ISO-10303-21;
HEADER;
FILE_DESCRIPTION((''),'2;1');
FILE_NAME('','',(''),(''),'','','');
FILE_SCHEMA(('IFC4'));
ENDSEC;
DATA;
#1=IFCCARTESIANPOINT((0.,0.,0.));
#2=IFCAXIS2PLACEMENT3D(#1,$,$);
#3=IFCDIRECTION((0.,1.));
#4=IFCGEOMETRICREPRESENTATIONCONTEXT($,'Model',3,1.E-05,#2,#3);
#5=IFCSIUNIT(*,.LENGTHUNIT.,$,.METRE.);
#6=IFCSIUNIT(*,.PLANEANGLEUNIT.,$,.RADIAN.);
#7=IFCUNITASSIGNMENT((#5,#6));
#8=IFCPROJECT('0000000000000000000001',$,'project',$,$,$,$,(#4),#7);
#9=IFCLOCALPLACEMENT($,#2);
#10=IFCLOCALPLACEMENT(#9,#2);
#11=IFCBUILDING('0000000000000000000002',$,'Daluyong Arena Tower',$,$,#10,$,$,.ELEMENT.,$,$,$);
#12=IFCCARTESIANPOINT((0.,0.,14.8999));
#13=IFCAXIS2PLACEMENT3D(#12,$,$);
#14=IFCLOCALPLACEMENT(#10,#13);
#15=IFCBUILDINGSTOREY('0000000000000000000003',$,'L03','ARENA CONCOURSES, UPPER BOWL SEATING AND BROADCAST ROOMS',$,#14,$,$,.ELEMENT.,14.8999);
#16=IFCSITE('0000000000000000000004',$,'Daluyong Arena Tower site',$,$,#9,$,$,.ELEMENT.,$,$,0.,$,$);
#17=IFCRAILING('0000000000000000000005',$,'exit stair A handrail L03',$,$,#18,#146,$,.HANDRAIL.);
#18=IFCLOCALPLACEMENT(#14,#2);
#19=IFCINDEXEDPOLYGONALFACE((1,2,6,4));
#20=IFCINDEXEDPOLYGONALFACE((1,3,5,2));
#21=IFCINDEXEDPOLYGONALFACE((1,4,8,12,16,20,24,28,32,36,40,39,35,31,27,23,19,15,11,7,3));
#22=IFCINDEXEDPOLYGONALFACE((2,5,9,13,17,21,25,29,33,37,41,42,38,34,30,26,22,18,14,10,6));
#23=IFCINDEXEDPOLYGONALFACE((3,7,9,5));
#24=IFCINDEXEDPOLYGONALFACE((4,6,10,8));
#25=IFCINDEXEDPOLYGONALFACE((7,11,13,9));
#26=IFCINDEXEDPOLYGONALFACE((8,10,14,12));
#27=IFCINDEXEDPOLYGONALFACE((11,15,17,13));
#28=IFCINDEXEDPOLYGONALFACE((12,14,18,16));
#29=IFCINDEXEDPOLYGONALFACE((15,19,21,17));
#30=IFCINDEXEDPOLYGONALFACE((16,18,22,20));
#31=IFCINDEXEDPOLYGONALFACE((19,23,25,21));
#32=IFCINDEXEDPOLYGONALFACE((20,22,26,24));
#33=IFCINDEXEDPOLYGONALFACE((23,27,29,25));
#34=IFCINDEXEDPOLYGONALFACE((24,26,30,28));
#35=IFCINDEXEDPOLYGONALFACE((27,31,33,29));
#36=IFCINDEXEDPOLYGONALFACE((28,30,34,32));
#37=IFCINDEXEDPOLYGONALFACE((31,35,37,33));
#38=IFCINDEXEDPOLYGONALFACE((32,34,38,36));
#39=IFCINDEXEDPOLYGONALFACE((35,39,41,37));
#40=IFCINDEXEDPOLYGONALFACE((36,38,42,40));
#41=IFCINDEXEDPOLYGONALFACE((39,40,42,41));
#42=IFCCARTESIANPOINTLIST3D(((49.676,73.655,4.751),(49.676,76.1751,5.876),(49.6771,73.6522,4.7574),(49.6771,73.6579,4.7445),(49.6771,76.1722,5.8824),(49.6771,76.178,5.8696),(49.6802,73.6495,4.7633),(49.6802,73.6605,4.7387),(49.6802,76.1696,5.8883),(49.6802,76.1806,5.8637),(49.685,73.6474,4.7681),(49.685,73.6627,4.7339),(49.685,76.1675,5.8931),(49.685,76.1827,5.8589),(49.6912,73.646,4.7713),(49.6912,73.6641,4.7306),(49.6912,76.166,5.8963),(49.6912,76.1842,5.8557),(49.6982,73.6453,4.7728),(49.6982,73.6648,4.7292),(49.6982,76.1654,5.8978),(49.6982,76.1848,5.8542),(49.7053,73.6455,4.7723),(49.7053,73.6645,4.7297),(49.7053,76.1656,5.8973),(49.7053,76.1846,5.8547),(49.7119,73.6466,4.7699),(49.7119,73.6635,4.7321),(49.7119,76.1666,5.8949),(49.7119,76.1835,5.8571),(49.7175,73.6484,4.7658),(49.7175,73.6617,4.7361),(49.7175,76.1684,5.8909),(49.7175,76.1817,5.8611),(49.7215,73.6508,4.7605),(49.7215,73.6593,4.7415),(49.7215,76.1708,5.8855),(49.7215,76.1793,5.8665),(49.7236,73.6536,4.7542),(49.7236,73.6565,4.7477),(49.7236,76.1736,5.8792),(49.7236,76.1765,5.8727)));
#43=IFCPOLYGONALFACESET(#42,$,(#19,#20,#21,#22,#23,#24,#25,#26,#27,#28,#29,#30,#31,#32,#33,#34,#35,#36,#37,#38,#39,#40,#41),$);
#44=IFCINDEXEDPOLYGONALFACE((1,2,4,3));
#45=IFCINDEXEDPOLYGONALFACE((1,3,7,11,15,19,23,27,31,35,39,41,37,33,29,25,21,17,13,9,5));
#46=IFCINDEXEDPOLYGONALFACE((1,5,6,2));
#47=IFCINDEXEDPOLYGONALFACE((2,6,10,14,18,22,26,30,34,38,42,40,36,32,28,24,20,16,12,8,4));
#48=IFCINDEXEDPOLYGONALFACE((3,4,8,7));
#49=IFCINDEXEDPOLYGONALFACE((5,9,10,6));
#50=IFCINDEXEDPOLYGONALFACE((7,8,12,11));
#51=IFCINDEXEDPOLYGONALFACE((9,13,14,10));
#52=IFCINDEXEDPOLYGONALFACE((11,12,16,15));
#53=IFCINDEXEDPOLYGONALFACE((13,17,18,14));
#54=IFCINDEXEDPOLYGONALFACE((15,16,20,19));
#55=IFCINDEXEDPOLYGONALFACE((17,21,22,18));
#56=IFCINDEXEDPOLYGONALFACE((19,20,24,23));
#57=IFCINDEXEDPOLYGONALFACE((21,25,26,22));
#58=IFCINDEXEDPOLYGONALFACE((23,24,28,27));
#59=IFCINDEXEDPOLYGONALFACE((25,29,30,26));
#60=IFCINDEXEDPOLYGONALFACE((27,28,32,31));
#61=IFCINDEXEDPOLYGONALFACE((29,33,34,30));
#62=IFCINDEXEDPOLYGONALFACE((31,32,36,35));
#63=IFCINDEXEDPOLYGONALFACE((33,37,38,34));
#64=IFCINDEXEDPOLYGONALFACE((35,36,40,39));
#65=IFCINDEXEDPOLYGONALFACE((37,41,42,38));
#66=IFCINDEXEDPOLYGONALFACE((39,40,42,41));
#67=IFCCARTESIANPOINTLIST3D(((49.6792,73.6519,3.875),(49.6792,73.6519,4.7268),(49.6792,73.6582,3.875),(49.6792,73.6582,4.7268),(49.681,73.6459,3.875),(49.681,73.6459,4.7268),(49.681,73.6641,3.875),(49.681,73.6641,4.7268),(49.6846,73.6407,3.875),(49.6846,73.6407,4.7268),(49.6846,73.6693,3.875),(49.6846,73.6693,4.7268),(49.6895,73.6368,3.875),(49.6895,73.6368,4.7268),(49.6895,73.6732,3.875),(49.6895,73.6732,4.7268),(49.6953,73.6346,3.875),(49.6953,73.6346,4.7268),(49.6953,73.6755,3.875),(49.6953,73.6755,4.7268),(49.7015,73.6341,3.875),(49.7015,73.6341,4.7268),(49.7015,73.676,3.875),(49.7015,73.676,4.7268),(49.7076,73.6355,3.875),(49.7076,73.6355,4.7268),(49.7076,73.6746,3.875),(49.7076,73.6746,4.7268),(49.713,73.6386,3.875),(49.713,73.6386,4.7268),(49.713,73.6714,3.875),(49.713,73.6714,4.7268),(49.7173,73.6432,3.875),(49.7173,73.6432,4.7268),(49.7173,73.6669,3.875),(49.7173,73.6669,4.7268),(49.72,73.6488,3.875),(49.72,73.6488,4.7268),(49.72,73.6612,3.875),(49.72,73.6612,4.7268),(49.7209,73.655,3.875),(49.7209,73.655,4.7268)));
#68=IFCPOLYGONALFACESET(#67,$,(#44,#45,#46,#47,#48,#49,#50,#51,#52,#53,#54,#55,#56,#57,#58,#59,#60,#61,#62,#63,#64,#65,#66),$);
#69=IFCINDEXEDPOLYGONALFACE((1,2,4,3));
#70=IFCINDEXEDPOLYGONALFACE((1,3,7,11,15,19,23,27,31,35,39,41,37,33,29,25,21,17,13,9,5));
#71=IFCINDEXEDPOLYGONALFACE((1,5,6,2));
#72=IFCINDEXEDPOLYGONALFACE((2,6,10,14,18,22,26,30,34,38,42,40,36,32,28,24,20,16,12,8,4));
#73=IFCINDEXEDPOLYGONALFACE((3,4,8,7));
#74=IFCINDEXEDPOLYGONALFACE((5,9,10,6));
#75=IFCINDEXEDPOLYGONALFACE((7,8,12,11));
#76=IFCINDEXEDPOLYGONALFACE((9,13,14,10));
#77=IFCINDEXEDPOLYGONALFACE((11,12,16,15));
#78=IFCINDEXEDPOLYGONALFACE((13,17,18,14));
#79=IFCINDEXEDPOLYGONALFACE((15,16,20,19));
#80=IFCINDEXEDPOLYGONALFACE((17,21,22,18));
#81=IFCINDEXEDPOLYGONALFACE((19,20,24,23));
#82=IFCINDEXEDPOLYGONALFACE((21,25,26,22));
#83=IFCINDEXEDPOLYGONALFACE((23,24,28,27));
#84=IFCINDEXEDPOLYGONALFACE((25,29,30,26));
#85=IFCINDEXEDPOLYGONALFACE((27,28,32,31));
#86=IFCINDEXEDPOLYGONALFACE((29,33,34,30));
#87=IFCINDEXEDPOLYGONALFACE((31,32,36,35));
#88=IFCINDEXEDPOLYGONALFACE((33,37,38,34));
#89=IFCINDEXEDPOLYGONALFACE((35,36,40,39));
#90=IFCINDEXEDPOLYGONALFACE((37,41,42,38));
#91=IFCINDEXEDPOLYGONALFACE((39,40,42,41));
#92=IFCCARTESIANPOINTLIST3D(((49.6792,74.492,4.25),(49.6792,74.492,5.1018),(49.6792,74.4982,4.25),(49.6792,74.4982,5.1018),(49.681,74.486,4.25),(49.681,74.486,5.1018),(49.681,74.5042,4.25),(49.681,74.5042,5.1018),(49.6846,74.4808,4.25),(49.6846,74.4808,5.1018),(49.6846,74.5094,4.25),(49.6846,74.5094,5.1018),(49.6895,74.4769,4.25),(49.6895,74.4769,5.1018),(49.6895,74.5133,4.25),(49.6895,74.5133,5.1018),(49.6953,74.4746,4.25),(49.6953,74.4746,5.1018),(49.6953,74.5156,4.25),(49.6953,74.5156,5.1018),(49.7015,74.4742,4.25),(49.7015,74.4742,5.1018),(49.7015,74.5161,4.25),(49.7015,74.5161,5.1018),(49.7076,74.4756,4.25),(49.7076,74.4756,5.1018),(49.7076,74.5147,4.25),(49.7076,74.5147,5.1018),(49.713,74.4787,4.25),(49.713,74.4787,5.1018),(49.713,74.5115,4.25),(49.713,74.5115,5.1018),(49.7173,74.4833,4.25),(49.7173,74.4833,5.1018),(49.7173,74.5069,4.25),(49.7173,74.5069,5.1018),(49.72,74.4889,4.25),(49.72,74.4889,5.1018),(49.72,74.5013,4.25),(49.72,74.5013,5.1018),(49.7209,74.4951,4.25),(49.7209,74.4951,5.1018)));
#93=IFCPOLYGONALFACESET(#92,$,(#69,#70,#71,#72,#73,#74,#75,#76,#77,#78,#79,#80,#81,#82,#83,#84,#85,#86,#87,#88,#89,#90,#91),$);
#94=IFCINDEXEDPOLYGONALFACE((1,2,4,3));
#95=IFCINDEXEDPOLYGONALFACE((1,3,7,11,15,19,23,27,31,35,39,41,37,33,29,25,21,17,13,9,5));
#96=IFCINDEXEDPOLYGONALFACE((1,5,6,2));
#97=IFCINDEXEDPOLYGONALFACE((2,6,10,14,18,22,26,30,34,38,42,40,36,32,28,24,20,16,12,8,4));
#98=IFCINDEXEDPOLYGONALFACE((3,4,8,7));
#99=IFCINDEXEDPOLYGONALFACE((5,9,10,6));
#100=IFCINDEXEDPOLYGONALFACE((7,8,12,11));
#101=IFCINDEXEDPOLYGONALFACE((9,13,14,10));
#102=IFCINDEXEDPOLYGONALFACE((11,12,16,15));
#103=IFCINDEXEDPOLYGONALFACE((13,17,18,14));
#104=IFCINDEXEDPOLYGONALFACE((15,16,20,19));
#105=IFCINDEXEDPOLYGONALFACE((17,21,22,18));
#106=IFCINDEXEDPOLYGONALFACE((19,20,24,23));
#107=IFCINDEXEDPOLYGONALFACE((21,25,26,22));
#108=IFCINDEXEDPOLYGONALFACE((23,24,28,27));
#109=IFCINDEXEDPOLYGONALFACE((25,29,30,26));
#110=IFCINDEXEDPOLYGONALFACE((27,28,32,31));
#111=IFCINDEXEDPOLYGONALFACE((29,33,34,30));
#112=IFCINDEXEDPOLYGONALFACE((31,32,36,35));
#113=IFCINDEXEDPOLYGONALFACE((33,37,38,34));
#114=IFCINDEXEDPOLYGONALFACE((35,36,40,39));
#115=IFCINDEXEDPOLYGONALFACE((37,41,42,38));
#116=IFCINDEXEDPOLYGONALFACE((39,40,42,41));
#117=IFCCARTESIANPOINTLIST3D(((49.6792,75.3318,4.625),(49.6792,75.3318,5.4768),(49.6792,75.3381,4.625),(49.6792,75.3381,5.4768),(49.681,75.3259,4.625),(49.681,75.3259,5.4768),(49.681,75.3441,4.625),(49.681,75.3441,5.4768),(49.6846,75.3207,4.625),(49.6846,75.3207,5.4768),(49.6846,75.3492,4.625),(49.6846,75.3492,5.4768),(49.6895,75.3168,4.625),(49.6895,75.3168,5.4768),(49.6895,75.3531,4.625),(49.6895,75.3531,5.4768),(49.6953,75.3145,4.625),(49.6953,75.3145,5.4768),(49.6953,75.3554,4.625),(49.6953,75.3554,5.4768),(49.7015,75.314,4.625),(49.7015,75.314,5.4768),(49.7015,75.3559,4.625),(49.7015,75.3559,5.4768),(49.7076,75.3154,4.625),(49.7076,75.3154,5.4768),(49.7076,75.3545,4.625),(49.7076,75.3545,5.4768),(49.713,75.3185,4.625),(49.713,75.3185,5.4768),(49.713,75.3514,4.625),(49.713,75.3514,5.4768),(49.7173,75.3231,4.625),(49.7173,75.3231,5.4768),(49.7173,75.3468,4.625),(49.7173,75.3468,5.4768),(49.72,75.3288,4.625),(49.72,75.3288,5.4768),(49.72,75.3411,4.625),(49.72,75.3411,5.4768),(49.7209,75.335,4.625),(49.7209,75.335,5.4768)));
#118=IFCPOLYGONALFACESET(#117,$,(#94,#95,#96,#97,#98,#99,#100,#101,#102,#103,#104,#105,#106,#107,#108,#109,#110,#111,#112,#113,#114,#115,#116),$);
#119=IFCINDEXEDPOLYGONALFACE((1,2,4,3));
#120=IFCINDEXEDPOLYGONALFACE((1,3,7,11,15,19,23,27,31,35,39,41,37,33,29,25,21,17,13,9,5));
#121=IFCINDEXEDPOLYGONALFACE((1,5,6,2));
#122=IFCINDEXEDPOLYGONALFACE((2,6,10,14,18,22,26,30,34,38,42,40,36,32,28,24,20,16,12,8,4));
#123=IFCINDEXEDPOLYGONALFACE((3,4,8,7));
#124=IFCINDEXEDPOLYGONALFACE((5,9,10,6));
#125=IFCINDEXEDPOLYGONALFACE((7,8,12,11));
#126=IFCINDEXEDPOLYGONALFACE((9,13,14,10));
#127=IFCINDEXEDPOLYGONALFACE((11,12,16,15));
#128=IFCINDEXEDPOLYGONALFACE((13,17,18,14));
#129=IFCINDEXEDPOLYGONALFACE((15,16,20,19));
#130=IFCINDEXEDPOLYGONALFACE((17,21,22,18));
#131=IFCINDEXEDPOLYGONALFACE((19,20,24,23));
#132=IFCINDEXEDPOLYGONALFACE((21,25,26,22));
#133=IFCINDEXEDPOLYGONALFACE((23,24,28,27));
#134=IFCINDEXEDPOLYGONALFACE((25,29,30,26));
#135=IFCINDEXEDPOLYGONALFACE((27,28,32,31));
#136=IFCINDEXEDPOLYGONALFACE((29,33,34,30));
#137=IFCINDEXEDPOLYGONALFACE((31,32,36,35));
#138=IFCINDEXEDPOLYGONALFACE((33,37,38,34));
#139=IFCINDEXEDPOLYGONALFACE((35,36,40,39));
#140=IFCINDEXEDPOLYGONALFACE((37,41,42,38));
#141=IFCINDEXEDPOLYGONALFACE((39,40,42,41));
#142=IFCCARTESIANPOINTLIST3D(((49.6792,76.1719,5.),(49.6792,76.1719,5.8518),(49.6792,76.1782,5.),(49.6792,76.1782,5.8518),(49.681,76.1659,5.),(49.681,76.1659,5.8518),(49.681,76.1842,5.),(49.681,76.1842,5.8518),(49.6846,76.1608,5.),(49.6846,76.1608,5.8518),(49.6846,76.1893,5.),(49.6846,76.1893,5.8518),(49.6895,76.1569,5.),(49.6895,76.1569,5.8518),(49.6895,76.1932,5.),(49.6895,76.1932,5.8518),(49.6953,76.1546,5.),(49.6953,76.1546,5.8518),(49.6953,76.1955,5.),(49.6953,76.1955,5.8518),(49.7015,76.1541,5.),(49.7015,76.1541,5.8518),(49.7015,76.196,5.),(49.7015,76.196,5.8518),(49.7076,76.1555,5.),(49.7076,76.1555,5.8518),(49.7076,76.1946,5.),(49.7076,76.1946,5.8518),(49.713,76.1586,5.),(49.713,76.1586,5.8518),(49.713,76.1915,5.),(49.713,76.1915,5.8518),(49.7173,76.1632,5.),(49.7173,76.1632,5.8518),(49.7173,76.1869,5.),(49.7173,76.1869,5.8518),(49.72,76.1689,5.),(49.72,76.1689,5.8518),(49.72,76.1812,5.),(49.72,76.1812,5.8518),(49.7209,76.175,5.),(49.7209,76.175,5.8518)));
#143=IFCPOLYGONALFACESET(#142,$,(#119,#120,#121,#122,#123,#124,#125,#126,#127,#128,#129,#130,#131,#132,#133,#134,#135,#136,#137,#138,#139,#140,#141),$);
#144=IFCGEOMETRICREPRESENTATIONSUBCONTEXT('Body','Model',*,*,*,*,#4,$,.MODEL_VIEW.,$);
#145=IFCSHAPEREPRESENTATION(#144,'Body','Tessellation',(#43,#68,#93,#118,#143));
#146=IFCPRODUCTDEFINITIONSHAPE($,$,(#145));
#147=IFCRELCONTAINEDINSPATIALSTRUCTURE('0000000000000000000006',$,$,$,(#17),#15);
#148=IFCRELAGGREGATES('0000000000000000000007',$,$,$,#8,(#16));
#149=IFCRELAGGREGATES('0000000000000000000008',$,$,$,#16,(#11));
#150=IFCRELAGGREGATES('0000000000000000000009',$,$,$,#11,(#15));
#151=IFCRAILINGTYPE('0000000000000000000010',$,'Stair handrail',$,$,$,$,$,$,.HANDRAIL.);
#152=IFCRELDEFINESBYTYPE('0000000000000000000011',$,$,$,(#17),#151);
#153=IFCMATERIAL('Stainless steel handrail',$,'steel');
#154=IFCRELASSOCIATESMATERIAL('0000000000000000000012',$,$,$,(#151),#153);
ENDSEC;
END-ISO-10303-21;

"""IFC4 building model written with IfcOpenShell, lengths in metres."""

from ifc_helpers import new_model, si_unit, direction, frame, origin, origin_2d, place, context, subcontext, project, spatial, circle, extrude, material, type_object, element, save


model = new_model("IFC4")

# Units and contexts
model_context = context("Model", 3, precision=1e-05, world=origin(), true_north=direction((0.0, 1.0)))
body_context = subcontext(model_context, "Body", "Model", "MODEL_VIEW")
ifc_project = project(units=[si_unit("LENGTHUNIT", "METRE"), si_unit("PLANEANGLEUNIT", "RADIAN")], contexts=[model_context])

# Site, building, storey
site_placement = place(None, origin())
site = spatial("IfcSite", under=ifc_project, at=site_placement, Name="Daluyong Arena Tower site", CompositionType="ELEMENT", RefElevation=0.0)
building_placement = place(site_placement, origin())
building = spatial("IfcBuilding", under=site, at=building_placement, Name="Daluyong Arena Tower", CompositionType="ELEMENT")
storey_placement = place(building_placement, frame((0.0, 0.0, 14.8999)))
storey = spatial("IfcBuildingStorey", under=building, at=storey_placement, Name="L03", Description="ARENA CONCOURSES, UPPER BOWL SEATING AND BROADCAST ROOMS", CompositionType="ELEMENT", Elevation=14.8999)

# Railing
ifc_material_1 = material(Name="Stainless steel handrail", Category="steel")
railing_type_1 = type_object("IfcRailingType", Name="Stair handrail", PredefinedType="HANDRAIL", material=ifc_material_1)
for number, where, name in (
    (1, (49.7, 73.655, 3.875), "exit stair A handrail L03"),
):
    element("IfcRailing", number, at=place(storey_placement, frame(where)), inside=storey, type_object=railing_type_1, Name=name, PredefinedType="HANDRAIL", context=body_context, shape_type="SweptSolid", body=[
        extrude(circle(Radius=0.0239, at=origin_2d()), frame((0.0, 0.0, 0.876), z_axis=(0.0, 0.913139, 0.407648), x_axis=(-1.0, 0.0, 0.0)), (0.0, 0.0, 1.0), 2.7598),
        extrude(circle(Radius=0.021, at=origin_2d()), origin(), (0.0, 0.0, 1.0), 0.8518),
        extrude(circle(Radius=0.021, at=origin_2d()), frame((0.0, 0.8401, 0.375)), (0.0, 0.0, 1.0), 0.8518),
        extrude(circle(Radius=0.021, at=origin_2d()), frame((0.0, 1.6799, 0.75)), (0.0, 0.0, 1.0), 0.8518),
        extrude(circle(Radius=0.021, at=origin_2d()), frame((0.0, 2.52, 1.125)), (0.0, 0.0, 1.0), 0.8518),
    ])

save(model, "model.ifc")
